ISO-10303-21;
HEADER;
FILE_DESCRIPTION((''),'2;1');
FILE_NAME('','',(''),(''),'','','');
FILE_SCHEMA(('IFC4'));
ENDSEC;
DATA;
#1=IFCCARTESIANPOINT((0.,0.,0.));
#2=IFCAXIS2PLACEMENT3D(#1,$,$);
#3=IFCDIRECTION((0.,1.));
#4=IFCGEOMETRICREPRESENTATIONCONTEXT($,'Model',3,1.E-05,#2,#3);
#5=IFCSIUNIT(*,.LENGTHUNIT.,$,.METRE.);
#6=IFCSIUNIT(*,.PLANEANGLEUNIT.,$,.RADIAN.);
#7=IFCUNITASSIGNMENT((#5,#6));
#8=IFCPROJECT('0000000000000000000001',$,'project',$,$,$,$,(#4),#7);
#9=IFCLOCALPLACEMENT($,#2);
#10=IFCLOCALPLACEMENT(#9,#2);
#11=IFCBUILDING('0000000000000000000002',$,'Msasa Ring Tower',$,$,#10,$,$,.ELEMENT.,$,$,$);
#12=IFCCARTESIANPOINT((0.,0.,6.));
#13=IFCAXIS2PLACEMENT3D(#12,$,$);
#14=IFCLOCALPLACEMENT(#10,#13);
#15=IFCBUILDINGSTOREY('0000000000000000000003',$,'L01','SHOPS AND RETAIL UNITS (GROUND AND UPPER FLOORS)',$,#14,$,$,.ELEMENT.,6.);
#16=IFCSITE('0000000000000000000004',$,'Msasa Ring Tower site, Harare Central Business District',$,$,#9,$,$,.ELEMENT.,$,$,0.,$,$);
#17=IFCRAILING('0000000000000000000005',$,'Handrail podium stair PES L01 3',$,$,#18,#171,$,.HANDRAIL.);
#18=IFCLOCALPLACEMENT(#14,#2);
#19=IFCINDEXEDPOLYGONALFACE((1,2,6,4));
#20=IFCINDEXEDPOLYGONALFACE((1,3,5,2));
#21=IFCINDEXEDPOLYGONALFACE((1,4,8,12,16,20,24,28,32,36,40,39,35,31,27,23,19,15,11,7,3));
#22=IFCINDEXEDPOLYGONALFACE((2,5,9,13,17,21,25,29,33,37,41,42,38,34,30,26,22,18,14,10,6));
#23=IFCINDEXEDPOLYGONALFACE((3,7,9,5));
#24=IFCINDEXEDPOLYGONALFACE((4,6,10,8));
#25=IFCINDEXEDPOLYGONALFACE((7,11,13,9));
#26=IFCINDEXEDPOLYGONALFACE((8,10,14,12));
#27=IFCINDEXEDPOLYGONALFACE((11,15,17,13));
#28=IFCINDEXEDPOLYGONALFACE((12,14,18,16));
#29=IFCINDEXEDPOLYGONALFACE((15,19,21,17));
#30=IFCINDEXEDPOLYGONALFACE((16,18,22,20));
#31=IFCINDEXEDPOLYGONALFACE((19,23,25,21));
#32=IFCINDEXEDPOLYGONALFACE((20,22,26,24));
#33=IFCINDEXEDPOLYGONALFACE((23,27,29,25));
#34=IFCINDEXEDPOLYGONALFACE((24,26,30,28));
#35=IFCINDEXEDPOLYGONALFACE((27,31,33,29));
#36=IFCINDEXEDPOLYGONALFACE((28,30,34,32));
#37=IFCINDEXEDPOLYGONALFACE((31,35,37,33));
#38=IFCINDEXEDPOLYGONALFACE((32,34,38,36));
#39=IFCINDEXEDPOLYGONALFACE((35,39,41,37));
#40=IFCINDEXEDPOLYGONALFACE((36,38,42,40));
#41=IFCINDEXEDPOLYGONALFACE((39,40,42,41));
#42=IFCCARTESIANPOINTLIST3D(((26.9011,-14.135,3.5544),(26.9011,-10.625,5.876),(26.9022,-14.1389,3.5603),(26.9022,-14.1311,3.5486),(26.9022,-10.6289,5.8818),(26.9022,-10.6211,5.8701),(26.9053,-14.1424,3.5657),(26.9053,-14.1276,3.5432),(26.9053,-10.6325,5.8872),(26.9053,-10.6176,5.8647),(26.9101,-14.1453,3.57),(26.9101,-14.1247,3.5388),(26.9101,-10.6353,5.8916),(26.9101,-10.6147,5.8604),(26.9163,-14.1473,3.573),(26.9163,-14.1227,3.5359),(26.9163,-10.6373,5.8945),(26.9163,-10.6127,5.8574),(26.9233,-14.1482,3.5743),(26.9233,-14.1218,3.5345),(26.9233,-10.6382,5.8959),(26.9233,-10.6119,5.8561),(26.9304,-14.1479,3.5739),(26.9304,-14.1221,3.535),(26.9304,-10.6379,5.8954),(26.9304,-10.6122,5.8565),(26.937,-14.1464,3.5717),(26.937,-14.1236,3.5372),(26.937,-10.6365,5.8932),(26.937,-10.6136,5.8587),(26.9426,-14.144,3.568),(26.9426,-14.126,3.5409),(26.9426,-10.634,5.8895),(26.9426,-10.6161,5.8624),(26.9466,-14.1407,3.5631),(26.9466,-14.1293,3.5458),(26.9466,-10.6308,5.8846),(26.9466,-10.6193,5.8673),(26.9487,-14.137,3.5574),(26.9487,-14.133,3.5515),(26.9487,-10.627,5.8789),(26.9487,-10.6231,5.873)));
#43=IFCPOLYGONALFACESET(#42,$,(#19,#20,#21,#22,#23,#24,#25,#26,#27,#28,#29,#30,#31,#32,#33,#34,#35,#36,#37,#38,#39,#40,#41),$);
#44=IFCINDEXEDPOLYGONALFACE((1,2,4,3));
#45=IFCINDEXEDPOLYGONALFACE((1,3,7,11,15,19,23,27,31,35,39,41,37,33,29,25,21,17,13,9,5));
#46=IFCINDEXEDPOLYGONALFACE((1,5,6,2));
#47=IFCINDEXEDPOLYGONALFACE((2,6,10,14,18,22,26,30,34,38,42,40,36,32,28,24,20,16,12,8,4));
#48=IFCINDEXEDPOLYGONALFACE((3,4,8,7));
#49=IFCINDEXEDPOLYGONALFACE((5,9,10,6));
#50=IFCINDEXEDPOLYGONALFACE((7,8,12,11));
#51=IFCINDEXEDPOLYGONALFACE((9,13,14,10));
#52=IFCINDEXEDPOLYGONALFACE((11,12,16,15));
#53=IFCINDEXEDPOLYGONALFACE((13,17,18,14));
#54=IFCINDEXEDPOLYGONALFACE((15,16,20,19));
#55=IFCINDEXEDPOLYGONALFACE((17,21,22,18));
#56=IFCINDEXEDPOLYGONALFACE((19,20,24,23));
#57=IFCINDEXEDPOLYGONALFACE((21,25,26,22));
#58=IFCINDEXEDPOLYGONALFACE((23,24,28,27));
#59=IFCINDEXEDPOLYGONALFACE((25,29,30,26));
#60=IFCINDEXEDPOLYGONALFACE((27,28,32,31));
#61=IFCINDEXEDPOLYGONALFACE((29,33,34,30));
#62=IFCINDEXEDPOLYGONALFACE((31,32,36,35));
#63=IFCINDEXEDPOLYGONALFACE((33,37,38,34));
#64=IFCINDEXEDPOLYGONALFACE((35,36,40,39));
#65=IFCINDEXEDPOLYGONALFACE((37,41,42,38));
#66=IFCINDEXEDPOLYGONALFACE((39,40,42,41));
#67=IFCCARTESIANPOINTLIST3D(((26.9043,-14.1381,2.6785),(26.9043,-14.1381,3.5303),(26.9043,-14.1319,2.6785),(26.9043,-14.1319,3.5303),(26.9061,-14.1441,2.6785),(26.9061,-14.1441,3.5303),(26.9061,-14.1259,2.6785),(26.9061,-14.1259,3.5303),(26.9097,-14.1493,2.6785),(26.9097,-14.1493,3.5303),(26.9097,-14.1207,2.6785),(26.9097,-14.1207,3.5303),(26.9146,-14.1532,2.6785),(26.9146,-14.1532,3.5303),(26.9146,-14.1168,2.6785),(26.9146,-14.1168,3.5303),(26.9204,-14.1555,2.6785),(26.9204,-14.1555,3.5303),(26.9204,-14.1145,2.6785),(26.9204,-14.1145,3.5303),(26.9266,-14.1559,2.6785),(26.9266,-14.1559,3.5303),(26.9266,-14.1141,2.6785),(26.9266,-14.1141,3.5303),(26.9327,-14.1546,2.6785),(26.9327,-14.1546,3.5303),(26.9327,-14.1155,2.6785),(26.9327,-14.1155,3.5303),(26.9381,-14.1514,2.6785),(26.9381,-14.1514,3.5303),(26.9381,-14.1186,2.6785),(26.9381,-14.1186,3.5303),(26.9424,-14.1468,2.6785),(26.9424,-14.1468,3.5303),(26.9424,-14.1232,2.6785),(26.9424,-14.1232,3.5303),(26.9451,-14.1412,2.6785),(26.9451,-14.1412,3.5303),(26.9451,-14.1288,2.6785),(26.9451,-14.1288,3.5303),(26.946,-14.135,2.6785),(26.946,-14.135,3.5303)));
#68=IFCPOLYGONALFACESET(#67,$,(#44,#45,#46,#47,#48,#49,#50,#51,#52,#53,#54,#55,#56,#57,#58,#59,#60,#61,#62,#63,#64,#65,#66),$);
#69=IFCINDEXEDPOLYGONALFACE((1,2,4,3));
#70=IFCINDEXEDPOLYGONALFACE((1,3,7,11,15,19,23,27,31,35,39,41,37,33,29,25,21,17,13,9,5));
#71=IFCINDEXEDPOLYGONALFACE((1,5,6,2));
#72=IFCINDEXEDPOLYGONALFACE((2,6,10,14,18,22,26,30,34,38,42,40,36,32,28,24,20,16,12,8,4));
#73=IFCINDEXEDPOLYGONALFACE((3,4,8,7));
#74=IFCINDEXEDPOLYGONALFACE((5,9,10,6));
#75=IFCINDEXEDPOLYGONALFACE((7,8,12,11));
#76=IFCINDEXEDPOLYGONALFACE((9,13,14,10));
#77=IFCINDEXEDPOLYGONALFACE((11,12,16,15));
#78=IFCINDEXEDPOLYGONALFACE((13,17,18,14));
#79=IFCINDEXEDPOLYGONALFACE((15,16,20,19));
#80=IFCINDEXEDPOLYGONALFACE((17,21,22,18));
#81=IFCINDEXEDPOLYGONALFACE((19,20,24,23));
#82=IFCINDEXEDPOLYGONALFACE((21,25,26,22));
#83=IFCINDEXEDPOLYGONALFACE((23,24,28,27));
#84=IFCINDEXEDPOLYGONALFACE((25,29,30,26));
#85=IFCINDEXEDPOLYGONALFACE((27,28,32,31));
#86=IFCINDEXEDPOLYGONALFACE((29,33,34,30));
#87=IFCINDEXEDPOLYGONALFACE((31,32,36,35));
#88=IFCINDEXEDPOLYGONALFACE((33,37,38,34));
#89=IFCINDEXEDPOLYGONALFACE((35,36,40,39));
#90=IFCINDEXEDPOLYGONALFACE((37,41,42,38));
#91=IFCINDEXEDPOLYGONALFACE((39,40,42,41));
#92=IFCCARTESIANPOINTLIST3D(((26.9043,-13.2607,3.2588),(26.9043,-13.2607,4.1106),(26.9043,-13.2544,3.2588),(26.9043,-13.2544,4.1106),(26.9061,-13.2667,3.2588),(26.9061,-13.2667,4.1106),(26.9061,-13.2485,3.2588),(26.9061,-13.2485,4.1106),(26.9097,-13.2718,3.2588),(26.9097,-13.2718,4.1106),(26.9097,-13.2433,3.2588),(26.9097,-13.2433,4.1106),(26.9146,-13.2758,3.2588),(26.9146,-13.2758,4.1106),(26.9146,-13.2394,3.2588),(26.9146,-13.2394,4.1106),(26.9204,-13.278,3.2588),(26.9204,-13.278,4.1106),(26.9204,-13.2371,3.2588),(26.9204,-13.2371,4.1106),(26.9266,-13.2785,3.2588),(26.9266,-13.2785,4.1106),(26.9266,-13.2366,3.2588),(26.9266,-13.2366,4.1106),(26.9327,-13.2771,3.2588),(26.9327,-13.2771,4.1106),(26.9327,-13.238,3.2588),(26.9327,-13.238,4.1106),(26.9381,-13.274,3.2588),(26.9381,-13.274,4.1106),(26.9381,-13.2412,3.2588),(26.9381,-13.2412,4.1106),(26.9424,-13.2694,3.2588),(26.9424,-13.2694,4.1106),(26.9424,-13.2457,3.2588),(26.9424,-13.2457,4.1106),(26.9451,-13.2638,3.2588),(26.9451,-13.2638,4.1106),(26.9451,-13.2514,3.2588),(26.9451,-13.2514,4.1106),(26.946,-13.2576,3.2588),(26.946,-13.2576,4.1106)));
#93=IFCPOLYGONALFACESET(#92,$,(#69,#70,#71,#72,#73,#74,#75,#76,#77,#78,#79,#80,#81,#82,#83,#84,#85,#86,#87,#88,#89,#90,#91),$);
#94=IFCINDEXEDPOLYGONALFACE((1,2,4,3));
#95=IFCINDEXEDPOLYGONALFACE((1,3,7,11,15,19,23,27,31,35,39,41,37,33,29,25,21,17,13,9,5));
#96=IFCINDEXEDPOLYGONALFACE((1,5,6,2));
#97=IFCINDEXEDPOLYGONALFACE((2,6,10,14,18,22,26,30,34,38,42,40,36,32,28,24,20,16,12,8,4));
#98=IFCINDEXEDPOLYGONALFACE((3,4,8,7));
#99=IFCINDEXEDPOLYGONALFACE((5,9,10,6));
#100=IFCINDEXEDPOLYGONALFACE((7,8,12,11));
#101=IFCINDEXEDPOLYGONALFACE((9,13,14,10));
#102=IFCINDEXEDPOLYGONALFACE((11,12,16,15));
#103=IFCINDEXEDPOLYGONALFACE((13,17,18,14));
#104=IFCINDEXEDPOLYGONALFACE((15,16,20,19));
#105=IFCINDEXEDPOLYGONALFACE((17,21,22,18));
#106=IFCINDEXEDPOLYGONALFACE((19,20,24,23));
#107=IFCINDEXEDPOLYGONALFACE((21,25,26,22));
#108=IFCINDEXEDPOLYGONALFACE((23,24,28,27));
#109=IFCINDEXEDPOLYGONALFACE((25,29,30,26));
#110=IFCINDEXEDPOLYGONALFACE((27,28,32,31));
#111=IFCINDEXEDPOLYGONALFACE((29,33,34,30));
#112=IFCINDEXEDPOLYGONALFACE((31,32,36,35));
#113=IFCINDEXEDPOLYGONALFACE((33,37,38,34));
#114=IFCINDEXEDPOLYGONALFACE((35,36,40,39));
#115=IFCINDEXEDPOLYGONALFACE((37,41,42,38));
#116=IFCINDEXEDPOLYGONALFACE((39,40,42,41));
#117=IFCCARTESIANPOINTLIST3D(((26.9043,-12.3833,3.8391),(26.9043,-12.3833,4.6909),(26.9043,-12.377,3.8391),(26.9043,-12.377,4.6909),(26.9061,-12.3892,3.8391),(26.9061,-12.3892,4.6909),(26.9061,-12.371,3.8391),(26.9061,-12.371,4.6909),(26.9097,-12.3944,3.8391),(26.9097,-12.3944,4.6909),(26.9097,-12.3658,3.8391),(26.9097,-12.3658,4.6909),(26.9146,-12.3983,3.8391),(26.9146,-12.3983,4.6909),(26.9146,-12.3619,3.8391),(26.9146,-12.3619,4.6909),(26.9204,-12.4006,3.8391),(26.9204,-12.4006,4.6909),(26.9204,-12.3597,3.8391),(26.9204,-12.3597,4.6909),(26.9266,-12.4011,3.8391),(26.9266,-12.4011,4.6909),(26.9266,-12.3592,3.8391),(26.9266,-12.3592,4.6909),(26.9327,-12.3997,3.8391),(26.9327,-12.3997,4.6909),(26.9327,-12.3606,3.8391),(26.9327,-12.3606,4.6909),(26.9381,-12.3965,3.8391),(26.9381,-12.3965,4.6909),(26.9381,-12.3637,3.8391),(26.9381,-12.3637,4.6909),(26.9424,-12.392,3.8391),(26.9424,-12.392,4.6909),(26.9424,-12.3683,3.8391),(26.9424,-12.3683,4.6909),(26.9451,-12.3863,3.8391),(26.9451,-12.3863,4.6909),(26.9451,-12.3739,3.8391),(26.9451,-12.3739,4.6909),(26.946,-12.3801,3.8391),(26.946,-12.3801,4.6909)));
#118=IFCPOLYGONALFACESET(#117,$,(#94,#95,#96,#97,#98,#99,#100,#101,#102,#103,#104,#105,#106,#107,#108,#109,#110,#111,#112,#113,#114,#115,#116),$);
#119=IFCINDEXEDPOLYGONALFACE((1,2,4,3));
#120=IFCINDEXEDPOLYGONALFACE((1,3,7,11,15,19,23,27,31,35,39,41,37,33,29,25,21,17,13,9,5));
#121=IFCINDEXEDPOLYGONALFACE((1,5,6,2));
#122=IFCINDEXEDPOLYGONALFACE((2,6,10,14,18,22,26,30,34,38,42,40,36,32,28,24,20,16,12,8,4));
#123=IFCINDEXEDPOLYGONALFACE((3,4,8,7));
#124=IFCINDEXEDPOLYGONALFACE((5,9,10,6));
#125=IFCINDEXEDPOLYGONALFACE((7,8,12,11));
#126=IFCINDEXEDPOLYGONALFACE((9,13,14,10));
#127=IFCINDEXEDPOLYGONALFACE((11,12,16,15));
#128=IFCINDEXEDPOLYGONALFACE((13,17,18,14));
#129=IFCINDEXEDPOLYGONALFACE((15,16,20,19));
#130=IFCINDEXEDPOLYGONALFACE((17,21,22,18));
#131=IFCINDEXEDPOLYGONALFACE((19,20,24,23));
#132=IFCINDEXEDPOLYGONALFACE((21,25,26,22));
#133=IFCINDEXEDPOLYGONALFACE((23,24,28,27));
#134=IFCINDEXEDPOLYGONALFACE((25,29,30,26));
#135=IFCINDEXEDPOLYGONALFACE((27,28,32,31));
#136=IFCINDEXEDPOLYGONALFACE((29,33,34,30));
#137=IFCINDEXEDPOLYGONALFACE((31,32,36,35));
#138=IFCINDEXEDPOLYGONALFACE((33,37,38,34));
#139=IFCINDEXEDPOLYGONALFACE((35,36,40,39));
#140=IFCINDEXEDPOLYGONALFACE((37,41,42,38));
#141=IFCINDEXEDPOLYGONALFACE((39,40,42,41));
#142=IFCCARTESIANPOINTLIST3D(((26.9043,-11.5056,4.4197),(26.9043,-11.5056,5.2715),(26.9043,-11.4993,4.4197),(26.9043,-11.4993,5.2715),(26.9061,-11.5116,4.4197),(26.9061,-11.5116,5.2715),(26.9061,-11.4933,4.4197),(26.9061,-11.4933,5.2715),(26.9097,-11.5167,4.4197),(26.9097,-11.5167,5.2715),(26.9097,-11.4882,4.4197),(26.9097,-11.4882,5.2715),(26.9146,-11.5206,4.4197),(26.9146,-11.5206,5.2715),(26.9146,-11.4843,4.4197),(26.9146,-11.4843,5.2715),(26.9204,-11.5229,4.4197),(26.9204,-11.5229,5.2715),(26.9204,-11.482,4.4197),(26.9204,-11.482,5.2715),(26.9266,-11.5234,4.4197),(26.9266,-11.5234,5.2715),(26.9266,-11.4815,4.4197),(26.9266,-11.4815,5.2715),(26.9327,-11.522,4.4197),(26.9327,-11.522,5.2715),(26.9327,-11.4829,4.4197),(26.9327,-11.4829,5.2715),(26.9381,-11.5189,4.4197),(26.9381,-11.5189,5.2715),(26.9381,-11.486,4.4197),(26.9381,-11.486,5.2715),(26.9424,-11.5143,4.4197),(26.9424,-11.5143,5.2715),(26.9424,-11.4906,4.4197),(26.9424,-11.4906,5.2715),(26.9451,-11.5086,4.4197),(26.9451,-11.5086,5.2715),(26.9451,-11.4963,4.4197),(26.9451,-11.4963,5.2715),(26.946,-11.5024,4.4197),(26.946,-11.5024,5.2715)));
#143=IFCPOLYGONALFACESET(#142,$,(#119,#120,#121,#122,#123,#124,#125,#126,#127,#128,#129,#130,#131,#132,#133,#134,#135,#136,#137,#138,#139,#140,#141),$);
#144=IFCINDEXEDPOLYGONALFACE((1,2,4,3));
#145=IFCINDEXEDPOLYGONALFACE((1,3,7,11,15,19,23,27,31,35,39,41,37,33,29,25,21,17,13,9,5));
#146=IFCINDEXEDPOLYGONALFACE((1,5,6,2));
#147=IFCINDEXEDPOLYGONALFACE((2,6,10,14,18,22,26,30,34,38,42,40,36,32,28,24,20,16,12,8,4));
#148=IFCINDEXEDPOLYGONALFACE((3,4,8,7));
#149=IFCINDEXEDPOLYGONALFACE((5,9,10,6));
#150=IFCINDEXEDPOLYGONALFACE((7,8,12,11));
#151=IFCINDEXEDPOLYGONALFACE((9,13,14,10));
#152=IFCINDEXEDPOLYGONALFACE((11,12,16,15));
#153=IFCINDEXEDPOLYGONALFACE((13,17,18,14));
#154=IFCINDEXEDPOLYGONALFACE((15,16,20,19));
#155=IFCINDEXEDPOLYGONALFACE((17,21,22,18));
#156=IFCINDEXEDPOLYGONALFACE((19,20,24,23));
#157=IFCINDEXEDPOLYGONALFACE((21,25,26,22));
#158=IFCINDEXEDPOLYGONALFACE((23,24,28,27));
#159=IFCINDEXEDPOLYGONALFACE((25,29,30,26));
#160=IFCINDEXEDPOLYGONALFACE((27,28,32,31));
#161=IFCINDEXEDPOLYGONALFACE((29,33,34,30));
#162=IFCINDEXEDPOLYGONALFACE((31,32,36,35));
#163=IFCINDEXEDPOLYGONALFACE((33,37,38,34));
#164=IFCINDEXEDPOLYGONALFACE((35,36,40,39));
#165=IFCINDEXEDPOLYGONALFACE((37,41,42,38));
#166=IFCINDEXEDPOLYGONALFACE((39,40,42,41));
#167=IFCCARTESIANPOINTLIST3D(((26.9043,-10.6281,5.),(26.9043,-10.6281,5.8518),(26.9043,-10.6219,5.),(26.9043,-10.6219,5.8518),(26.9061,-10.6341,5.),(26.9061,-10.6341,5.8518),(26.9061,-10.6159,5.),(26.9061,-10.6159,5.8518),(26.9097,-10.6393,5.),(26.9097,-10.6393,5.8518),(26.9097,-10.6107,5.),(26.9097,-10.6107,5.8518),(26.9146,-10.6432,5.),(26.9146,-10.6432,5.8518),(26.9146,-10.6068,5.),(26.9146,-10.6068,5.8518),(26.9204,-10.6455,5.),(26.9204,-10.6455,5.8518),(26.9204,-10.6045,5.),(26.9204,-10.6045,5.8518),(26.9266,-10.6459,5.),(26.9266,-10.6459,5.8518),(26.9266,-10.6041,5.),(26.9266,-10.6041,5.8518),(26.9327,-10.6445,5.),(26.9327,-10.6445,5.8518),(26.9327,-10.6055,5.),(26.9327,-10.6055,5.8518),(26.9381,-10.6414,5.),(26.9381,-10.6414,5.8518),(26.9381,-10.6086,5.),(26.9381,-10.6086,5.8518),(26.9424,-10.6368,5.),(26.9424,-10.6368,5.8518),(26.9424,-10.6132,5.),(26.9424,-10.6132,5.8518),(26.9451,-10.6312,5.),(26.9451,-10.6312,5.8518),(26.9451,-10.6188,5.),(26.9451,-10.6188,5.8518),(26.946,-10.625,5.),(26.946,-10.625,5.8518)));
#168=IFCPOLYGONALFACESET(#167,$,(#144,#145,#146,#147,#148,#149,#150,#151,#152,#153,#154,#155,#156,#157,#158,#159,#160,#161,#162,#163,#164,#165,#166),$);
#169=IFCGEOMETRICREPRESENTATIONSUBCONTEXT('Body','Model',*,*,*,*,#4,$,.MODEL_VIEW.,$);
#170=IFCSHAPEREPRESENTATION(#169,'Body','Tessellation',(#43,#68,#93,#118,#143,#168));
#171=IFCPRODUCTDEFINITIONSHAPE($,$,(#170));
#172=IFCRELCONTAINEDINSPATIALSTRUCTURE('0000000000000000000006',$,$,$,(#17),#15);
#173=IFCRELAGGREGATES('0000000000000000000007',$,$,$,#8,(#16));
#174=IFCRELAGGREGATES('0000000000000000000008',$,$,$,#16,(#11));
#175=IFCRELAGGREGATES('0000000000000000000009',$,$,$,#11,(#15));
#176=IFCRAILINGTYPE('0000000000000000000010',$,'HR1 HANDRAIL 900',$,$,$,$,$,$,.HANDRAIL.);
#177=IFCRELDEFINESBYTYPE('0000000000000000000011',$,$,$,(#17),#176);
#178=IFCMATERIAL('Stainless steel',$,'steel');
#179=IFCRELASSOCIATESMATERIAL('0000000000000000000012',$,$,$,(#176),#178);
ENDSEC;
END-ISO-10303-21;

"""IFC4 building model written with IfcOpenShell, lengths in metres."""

from ifc_helpers import new_model, si_unit, direction, frame, origin, origin_2d, place, context, subcontext, project, spatial, circle, extrude, material, type_object, element, save


model = new_model("IFC4")

# Units and contexts
model_context = context("Model", 3, precision=1e-05, world=origin(), true_north=direction((0.0, 1.0)))
body_context = subcontext(model_context, "Body", "Model", "MODEL_VIEW")
ifc_project = project(units=[si_unit("LENGTHUNIT", "METRE"), si_unit("PLANEANGLEUNIT", "RADIAN")], contexts=[model_context])

# Site, building, storey
site_placement = place(None, origin())
site = spatial("IfcSite", under=ifc_project, at=site_placement, Name="Msasa Ring Tower site, Harare Central Business District", CompositionType="ELEMENT", RefElevation=0.0)
building_placement = place(site_placement, origin())
building = spatial("IfcBuilding", under=site, at=building_placement, Name="Msasa Ring Tower", CompositionType="ELEMENT")
storey_placement = place(building_placement, frame((0.0, 0.0, 6.0)))
storey = spatial("IfcBuildingStorey", under=building, at=storey_placement, Name="L01", Description="SHOPS AND RETAIL UNITS (GROUND AND UPPER FLOORS)", CompositionType="ELEMENT", Elevation=6.0)

# Railing
ifc_material_1 = material(Name="Stainless steel", Category="steel")
railing_type = type_object("IfcRailingType", Name="HR1 HANDRAIL 900", PredefinedType="HANDRAIL", material=ifc_material_1)
for number, where, name in (
    (1, (26.925, -14.135, 2.6785), "Handrail podium stair PES L01 3"),
):
    element("IfcRailing", number, at=place(storey_placement, frame(where)), inside=storey, type_object=railing_type, Name=name, PredefinedType="HANDRAIL", context=body_context, shape_type="SweptSolid", body=[
        extrude(circle(Radius=0.0239, at=origin_2d()), frame((0.0, 0.0, 0.876), z_axis=(0.0, 0.834071, 0.551657), x_axis=(-1.0, 0.0, 0.0)), (0.0, 0.0, 1.0), 4.2083),
        extrude(circle(Radius=0.021, at=origin_2d()), origin(), (0.0, 0.0, 1.0), 0.8518),
        extrude(circle(Radius=0.021, at=origin_2d()), frame((0.0, 0.8774, 0.5803)), (0.0, 0.0, 1.0), 0.8518),
        extrude(circle(Radius=0.021, at=origin_2d()), frame((0.0, 1.7549, 1.1606)), (0.0, 0.0, 1.0), 0.8518),
        extrude(circle(Radius=0.021, at=origin_2d()), frame((0.0, 2.6326, 1.7412)), (0.0, 0.0, 1.0), 0.8518),
        extrude(circle(Radius=0.021, at=origin_2d()), frame((0.0, 3.51, 2.3215)), (0.0, 0.0, 1.0), 0.8518),
    ])

save(model, "model.ifc")
